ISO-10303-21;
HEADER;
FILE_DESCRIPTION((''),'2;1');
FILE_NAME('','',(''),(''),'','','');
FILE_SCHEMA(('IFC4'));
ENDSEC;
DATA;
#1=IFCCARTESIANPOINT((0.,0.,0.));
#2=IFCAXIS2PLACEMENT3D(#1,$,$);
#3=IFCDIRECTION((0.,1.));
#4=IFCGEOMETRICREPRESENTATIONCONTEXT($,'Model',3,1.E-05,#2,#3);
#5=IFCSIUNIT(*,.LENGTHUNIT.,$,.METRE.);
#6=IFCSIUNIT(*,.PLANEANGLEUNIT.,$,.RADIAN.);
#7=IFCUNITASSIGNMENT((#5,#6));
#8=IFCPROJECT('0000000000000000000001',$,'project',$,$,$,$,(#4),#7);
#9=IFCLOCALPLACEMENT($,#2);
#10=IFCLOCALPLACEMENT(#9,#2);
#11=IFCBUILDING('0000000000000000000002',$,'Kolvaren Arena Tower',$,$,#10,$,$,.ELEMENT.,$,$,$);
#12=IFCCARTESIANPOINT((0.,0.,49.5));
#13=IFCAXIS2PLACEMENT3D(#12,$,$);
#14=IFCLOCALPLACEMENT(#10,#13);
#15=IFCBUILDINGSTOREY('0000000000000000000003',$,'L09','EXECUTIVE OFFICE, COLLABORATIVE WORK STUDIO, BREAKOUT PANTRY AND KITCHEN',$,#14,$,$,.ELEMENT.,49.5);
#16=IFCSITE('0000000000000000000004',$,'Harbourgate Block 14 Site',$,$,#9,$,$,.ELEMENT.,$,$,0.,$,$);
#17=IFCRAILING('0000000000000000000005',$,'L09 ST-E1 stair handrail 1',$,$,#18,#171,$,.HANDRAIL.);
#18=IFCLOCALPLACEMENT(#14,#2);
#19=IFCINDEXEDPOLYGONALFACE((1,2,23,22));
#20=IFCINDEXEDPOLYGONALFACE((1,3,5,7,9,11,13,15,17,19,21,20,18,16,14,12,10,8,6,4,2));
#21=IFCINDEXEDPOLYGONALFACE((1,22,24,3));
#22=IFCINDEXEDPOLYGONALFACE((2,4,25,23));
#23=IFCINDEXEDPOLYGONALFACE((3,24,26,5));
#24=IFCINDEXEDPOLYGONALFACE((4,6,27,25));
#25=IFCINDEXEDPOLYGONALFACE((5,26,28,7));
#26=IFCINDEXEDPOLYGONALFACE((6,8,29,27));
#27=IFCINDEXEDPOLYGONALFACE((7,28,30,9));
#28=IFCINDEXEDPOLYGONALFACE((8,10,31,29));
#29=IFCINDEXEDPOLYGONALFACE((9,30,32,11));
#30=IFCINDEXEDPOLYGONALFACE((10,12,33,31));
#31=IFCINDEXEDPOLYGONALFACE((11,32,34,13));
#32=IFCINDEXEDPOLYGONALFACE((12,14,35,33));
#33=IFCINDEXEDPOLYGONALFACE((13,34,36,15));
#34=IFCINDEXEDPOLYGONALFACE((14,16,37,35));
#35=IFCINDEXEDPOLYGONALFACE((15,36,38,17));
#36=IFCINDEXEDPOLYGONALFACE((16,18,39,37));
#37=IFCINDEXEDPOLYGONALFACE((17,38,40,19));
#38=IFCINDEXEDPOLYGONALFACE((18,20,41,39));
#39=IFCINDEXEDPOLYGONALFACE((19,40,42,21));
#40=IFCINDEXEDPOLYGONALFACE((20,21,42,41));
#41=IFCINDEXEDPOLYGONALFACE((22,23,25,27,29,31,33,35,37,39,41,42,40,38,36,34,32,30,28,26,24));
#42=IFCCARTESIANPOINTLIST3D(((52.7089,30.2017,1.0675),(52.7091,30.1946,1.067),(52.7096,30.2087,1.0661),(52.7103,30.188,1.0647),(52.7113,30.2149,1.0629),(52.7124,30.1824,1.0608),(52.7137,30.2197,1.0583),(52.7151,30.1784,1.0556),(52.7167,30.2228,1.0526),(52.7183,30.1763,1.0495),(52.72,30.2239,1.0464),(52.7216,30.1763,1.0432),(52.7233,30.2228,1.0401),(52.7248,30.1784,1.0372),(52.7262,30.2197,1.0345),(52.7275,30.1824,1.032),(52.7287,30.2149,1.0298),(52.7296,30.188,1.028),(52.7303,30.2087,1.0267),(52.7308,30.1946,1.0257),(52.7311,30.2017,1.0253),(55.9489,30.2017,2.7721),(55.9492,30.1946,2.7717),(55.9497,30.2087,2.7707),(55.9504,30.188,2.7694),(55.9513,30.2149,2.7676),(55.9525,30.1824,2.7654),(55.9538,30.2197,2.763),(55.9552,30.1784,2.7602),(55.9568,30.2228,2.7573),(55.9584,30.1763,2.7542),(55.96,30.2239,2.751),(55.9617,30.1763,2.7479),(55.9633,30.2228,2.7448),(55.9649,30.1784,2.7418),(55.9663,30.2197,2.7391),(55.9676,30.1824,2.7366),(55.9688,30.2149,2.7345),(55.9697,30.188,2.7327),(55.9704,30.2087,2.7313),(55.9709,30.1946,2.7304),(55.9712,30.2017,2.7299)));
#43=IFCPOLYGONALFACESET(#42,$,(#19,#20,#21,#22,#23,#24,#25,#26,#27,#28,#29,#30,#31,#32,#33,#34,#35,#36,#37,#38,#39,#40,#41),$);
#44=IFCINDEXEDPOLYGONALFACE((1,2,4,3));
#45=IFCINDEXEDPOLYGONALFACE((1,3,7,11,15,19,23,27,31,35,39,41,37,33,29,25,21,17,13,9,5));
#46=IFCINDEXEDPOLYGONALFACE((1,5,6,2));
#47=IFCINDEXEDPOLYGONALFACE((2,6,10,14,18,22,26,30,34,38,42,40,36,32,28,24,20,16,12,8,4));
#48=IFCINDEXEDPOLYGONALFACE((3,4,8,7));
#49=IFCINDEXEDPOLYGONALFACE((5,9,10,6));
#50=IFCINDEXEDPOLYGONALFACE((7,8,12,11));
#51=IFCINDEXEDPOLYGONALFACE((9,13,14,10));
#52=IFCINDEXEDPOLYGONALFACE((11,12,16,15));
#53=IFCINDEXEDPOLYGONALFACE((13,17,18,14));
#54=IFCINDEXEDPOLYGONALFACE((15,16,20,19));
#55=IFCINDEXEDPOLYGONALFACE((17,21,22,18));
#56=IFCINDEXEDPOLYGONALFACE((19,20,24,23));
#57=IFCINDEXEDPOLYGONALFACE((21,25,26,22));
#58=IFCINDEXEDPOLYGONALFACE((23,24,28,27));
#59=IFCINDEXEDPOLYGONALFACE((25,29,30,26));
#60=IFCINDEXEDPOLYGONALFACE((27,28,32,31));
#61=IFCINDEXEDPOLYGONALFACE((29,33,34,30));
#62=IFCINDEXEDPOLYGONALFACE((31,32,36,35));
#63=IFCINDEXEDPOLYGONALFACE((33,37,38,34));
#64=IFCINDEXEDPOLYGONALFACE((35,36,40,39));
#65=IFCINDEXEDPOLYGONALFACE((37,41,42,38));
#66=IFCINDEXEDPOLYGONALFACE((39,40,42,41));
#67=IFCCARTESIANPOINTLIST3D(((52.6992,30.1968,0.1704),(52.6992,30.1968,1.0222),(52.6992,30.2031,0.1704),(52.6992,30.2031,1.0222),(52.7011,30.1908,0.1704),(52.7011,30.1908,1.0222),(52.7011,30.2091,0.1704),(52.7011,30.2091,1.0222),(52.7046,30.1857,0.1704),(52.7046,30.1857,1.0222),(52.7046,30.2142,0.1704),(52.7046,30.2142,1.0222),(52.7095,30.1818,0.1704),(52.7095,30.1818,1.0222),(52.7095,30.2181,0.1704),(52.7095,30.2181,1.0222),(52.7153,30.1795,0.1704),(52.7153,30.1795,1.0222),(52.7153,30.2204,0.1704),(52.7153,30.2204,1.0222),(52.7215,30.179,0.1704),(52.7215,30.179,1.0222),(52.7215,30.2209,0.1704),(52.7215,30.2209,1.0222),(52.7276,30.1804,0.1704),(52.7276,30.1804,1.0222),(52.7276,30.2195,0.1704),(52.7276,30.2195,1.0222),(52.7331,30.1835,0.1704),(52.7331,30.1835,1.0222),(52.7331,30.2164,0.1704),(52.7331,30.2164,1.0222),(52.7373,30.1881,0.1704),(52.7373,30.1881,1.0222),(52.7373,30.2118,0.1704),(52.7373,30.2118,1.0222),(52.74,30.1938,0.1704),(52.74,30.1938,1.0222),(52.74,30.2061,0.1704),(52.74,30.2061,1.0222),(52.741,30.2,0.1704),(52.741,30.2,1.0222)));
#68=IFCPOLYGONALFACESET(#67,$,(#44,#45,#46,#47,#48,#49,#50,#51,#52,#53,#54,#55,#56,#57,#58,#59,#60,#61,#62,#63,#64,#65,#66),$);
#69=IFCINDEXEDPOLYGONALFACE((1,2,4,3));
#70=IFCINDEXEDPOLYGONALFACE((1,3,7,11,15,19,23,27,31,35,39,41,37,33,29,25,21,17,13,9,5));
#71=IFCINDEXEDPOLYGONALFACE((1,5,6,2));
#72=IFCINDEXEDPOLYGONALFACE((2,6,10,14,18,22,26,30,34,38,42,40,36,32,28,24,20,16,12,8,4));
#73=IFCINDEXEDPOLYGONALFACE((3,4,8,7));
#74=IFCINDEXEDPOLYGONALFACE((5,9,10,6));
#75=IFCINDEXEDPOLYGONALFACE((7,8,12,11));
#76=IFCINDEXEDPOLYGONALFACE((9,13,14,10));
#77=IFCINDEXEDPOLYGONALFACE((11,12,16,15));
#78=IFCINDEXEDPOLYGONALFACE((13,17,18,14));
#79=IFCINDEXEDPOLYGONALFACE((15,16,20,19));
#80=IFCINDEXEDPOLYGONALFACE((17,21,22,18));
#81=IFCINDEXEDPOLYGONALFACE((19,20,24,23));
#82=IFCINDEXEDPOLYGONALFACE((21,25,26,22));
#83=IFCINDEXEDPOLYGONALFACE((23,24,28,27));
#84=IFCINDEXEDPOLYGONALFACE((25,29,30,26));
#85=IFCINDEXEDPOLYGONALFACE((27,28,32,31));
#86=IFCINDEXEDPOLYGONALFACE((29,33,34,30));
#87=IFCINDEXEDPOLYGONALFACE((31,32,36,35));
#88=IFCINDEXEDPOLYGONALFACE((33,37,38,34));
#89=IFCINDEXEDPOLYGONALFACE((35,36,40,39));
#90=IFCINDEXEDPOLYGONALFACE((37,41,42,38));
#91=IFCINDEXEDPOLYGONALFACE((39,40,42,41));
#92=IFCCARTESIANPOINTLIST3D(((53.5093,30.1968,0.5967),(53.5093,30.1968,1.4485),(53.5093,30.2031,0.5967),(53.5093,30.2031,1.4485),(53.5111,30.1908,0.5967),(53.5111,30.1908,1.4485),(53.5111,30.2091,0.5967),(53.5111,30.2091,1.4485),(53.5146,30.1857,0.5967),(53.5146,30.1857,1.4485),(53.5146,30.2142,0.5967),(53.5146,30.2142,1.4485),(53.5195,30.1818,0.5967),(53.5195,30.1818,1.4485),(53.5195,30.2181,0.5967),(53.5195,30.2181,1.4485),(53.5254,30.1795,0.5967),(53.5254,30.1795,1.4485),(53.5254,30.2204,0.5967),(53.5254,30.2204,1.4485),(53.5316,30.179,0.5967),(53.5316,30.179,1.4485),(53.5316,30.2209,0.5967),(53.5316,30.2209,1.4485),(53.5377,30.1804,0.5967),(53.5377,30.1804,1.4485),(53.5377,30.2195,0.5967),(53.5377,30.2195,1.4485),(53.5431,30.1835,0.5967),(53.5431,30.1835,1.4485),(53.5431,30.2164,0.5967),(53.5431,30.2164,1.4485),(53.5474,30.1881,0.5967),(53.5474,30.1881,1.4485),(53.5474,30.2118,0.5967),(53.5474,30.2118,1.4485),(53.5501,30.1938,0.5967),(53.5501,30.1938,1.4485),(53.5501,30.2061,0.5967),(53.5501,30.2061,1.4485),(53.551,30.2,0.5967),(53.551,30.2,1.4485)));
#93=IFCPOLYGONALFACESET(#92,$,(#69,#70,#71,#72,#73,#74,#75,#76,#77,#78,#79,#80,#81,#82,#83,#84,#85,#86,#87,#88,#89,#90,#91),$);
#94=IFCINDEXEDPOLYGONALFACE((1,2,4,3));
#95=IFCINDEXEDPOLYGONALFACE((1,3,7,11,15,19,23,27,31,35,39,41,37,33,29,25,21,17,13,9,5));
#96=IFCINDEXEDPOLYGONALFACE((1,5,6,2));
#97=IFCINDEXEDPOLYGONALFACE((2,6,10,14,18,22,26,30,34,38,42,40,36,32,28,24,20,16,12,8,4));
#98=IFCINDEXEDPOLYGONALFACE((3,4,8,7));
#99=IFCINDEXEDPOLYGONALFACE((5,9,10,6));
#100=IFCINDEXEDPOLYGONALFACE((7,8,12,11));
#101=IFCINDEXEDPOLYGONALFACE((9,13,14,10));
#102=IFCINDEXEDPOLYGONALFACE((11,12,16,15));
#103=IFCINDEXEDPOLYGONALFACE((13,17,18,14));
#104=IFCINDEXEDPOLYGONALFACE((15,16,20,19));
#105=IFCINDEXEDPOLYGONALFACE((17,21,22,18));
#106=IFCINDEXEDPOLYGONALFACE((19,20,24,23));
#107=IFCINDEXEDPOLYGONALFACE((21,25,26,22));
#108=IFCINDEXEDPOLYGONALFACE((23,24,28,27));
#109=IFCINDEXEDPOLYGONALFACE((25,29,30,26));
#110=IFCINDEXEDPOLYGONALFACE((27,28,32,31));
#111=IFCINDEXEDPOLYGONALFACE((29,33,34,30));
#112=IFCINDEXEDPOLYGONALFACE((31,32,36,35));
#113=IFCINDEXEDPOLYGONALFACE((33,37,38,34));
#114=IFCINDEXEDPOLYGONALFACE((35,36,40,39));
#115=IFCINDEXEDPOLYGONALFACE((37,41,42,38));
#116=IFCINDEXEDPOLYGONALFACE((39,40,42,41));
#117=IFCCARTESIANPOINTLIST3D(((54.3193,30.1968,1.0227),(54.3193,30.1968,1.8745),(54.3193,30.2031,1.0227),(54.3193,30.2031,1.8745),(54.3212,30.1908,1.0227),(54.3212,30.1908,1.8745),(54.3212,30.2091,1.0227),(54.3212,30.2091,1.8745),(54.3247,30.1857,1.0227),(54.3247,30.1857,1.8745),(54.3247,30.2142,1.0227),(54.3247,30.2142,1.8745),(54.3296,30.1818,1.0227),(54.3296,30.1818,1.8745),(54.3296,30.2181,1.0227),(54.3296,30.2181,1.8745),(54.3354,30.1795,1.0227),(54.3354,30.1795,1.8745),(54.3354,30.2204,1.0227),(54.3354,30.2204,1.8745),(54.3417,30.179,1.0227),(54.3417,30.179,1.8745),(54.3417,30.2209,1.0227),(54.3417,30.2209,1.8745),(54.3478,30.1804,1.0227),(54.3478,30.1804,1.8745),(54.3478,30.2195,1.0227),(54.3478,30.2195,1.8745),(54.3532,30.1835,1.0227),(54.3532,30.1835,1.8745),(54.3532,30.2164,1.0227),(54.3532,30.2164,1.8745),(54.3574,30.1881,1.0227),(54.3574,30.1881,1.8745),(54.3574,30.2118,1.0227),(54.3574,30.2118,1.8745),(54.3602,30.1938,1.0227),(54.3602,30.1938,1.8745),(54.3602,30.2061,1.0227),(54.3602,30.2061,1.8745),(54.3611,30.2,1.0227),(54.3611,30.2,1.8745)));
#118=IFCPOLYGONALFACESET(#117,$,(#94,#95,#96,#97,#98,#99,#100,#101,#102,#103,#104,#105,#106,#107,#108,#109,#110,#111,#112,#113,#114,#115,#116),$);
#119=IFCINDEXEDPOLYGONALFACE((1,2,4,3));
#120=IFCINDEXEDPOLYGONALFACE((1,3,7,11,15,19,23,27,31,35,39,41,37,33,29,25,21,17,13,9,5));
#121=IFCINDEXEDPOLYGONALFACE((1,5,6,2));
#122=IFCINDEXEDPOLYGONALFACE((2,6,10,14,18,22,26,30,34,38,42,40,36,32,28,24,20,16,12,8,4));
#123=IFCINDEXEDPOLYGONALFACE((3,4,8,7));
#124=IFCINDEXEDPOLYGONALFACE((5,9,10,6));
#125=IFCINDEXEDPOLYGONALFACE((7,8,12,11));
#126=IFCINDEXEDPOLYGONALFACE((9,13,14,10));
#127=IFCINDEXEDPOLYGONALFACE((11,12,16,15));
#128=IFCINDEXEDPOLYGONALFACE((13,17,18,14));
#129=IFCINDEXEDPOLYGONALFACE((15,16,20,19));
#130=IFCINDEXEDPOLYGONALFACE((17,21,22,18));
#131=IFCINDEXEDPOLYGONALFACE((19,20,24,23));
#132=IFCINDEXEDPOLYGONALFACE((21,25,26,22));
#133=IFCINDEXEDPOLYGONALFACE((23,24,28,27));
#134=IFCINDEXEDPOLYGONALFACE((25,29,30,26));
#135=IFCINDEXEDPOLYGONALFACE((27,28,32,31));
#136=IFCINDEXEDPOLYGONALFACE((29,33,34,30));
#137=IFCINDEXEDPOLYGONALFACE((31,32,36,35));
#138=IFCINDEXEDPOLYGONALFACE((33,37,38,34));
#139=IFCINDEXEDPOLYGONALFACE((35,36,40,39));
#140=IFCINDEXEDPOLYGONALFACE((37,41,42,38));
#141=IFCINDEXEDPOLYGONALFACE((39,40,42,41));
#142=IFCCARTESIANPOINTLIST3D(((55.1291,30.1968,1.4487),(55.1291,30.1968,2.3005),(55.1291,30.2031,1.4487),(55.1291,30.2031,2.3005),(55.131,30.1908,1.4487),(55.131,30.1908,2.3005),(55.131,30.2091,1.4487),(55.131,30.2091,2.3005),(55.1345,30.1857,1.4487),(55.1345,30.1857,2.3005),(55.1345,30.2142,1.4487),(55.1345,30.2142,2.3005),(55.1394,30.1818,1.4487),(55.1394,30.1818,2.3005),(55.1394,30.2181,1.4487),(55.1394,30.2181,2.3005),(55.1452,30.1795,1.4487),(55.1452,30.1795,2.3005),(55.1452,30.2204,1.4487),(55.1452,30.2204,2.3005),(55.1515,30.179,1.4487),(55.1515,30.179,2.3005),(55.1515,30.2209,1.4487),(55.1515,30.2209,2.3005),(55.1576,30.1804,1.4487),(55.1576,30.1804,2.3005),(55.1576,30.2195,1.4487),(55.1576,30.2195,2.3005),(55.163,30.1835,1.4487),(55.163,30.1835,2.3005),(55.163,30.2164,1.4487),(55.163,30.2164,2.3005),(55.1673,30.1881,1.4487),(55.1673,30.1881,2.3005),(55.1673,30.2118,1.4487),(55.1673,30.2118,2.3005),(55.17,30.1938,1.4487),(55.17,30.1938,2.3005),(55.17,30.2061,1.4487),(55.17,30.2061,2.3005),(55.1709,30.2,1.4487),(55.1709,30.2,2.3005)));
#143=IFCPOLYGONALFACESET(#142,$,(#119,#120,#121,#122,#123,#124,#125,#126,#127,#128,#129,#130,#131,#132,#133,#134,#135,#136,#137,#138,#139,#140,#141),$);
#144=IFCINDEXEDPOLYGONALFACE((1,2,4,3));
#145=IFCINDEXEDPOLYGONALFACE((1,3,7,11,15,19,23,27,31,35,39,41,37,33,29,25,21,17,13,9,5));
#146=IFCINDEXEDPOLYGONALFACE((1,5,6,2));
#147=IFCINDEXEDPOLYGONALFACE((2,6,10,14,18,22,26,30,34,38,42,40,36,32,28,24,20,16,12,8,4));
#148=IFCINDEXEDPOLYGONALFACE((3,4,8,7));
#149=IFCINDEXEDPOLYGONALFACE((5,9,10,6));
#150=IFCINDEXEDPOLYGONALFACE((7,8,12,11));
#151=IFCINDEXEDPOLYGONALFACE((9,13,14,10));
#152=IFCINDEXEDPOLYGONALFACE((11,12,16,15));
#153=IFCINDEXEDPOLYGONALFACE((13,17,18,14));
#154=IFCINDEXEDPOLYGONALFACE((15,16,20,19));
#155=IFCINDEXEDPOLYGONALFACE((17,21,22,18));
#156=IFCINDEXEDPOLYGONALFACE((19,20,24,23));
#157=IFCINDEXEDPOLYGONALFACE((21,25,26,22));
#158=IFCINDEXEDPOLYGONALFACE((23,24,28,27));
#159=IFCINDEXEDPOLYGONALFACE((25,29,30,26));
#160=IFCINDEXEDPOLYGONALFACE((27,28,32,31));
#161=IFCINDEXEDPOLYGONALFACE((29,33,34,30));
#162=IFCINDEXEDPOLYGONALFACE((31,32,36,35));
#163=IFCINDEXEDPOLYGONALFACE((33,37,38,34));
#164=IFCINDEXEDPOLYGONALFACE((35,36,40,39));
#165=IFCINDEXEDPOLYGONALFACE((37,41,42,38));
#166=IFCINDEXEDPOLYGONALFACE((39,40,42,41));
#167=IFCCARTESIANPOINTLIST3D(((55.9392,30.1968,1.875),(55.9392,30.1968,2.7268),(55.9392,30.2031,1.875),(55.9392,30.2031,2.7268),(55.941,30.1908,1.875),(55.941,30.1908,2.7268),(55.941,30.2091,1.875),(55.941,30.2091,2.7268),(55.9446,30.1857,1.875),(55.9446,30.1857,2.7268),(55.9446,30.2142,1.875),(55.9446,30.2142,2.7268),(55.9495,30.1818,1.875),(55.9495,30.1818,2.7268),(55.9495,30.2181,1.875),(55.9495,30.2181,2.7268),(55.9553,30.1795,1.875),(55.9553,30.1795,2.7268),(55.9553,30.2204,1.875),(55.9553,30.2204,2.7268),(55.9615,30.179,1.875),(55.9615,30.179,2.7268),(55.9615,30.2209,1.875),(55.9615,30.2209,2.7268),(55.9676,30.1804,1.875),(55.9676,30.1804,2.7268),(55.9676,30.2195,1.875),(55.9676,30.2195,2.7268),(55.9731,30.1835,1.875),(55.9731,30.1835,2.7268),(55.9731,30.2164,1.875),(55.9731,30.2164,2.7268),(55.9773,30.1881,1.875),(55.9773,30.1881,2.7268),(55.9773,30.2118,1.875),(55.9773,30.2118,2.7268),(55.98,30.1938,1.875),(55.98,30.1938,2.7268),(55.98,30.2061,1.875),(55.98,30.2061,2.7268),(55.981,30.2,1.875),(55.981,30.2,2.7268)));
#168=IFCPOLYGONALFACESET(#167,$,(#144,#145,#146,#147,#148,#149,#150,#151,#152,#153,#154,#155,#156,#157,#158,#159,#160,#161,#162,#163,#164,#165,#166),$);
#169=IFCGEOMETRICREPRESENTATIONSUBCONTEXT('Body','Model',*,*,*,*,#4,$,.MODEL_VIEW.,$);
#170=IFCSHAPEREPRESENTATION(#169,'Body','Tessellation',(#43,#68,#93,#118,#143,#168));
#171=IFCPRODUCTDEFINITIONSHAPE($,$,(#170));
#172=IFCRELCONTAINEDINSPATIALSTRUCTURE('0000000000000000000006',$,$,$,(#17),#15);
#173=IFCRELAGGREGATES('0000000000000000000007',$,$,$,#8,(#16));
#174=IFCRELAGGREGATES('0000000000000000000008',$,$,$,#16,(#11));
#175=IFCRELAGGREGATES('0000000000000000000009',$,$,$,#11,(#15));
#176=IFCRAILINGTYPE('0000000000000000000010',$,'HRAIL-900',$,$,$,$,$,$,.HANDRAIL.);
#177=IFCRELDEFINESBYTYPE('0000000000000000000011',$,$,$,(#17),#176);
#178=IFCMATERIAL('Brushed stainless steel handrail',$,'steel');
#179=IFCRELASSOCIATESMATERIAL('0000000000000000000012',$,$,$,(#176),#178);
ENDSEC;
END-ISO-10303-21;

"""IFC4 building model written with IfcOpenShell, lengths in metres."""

from ifc_helpers import new_model, si_unit, direction, frame, origin, origin_2d, place, context, subcontext, project, spatial, circle, extrude, material, type_object, element, save


model = new_model("IFC4")

# Units and contexts
model_context = context("Model", 3, precision=1e-05, world=origin(), true_north=direction((0.0, 1.0)))
body_context = subcontext(model_context, "Body", "Model", "MODEL_VIEW")
ifc_project = project(units=[si_unit("LENGTHUNIT", "METRE"), si_unit("PLANEANGLEUNIT", "RADIAN")], contexts=[model_context])

# Site, building, storey
site_placement = place(None, origin())
site = spatial("IfcSite", under=ifc_project, at=site_placement, Name="Harbourgate Block 14 Site", CompositionType="ELEMENT", RefElevation=0.0)
building_placement = place(site_placement, origin())
building = spatial("IfcBuilding", under=site, at=building_placement, Name="Kolvaren Arena Tower", CompositionType="ELEMENT")
storey_placement = place(building_placement, frame((0.0, 0.0, 49.5)))
storey = spatial("IfcBuildingStorey", under=building, at=storey_placement, Name="L09", Description="EXECUTIVE OFFICE, COLLABORATIVE WORK STUDIO, BREAKOUT PANTRY AND KITCHEN", CompositionType="ELEMENT", Elevation=49.5)

# Railing
ifc_material_1 = material(Name="Brushed stainless steel handrail", Category="steel")
railing_type_1 = type_object("IfcRailingType", Name="HRAIL-900", PredefinedType="HANDRAIL", material=ifc_material_1)
for number, where, name in (
    (1, (52.72, 30.2, 0.1704), "L09 ST-E1 stair handrail 1"),
):
    element("IfcRailing", number, at=place(storey_placement, frame(where)), inside=storey, type_object=railing_type_1, Name=name, PredefinedType="HANDRAIL", context=body_context, shape_type="SweptSolid", body=[
        extrude(circle(Radius=0.0239, at=origin_2d()), frame((0.0, 0.0, 0.876), z_axis=(0.884993, 0.0, 0.465604), x_axis=(0.0, 1.0, 0.0)), (0.0, 0.0, 1.0), 3.6611),
        extrude(circle(Radius=0.021, at=origin_2d()), origin(), (0.0, 0.0, 1.0), 0.8518),
        extrude(circle(Radius=0.021, at=origin_2d()), frame((0.8101, 0.0, 0.4263)), (0.0, 0.0, 1.0), 0.8518),
        extrude(circle(Radius=0.021, at=origin_2d()), frame((1.6201, 0.0, 0.8523)), (0.0, 0.0, 1.0), 0.8518),
        extrude(circle(Radius=0.021, at=origin_2d()), frame((2.4299, 0.0, 1.2783)), (0.0, 0.0, 1.0), 0.8518),
        extrude(circle(Radius=0.021, at=origin_2d()), frame((3.24, 0.0, 1.7046)), (0.0, 0.0, 1.0), 0.8518),
    ])

save(model, "model.ifc")
